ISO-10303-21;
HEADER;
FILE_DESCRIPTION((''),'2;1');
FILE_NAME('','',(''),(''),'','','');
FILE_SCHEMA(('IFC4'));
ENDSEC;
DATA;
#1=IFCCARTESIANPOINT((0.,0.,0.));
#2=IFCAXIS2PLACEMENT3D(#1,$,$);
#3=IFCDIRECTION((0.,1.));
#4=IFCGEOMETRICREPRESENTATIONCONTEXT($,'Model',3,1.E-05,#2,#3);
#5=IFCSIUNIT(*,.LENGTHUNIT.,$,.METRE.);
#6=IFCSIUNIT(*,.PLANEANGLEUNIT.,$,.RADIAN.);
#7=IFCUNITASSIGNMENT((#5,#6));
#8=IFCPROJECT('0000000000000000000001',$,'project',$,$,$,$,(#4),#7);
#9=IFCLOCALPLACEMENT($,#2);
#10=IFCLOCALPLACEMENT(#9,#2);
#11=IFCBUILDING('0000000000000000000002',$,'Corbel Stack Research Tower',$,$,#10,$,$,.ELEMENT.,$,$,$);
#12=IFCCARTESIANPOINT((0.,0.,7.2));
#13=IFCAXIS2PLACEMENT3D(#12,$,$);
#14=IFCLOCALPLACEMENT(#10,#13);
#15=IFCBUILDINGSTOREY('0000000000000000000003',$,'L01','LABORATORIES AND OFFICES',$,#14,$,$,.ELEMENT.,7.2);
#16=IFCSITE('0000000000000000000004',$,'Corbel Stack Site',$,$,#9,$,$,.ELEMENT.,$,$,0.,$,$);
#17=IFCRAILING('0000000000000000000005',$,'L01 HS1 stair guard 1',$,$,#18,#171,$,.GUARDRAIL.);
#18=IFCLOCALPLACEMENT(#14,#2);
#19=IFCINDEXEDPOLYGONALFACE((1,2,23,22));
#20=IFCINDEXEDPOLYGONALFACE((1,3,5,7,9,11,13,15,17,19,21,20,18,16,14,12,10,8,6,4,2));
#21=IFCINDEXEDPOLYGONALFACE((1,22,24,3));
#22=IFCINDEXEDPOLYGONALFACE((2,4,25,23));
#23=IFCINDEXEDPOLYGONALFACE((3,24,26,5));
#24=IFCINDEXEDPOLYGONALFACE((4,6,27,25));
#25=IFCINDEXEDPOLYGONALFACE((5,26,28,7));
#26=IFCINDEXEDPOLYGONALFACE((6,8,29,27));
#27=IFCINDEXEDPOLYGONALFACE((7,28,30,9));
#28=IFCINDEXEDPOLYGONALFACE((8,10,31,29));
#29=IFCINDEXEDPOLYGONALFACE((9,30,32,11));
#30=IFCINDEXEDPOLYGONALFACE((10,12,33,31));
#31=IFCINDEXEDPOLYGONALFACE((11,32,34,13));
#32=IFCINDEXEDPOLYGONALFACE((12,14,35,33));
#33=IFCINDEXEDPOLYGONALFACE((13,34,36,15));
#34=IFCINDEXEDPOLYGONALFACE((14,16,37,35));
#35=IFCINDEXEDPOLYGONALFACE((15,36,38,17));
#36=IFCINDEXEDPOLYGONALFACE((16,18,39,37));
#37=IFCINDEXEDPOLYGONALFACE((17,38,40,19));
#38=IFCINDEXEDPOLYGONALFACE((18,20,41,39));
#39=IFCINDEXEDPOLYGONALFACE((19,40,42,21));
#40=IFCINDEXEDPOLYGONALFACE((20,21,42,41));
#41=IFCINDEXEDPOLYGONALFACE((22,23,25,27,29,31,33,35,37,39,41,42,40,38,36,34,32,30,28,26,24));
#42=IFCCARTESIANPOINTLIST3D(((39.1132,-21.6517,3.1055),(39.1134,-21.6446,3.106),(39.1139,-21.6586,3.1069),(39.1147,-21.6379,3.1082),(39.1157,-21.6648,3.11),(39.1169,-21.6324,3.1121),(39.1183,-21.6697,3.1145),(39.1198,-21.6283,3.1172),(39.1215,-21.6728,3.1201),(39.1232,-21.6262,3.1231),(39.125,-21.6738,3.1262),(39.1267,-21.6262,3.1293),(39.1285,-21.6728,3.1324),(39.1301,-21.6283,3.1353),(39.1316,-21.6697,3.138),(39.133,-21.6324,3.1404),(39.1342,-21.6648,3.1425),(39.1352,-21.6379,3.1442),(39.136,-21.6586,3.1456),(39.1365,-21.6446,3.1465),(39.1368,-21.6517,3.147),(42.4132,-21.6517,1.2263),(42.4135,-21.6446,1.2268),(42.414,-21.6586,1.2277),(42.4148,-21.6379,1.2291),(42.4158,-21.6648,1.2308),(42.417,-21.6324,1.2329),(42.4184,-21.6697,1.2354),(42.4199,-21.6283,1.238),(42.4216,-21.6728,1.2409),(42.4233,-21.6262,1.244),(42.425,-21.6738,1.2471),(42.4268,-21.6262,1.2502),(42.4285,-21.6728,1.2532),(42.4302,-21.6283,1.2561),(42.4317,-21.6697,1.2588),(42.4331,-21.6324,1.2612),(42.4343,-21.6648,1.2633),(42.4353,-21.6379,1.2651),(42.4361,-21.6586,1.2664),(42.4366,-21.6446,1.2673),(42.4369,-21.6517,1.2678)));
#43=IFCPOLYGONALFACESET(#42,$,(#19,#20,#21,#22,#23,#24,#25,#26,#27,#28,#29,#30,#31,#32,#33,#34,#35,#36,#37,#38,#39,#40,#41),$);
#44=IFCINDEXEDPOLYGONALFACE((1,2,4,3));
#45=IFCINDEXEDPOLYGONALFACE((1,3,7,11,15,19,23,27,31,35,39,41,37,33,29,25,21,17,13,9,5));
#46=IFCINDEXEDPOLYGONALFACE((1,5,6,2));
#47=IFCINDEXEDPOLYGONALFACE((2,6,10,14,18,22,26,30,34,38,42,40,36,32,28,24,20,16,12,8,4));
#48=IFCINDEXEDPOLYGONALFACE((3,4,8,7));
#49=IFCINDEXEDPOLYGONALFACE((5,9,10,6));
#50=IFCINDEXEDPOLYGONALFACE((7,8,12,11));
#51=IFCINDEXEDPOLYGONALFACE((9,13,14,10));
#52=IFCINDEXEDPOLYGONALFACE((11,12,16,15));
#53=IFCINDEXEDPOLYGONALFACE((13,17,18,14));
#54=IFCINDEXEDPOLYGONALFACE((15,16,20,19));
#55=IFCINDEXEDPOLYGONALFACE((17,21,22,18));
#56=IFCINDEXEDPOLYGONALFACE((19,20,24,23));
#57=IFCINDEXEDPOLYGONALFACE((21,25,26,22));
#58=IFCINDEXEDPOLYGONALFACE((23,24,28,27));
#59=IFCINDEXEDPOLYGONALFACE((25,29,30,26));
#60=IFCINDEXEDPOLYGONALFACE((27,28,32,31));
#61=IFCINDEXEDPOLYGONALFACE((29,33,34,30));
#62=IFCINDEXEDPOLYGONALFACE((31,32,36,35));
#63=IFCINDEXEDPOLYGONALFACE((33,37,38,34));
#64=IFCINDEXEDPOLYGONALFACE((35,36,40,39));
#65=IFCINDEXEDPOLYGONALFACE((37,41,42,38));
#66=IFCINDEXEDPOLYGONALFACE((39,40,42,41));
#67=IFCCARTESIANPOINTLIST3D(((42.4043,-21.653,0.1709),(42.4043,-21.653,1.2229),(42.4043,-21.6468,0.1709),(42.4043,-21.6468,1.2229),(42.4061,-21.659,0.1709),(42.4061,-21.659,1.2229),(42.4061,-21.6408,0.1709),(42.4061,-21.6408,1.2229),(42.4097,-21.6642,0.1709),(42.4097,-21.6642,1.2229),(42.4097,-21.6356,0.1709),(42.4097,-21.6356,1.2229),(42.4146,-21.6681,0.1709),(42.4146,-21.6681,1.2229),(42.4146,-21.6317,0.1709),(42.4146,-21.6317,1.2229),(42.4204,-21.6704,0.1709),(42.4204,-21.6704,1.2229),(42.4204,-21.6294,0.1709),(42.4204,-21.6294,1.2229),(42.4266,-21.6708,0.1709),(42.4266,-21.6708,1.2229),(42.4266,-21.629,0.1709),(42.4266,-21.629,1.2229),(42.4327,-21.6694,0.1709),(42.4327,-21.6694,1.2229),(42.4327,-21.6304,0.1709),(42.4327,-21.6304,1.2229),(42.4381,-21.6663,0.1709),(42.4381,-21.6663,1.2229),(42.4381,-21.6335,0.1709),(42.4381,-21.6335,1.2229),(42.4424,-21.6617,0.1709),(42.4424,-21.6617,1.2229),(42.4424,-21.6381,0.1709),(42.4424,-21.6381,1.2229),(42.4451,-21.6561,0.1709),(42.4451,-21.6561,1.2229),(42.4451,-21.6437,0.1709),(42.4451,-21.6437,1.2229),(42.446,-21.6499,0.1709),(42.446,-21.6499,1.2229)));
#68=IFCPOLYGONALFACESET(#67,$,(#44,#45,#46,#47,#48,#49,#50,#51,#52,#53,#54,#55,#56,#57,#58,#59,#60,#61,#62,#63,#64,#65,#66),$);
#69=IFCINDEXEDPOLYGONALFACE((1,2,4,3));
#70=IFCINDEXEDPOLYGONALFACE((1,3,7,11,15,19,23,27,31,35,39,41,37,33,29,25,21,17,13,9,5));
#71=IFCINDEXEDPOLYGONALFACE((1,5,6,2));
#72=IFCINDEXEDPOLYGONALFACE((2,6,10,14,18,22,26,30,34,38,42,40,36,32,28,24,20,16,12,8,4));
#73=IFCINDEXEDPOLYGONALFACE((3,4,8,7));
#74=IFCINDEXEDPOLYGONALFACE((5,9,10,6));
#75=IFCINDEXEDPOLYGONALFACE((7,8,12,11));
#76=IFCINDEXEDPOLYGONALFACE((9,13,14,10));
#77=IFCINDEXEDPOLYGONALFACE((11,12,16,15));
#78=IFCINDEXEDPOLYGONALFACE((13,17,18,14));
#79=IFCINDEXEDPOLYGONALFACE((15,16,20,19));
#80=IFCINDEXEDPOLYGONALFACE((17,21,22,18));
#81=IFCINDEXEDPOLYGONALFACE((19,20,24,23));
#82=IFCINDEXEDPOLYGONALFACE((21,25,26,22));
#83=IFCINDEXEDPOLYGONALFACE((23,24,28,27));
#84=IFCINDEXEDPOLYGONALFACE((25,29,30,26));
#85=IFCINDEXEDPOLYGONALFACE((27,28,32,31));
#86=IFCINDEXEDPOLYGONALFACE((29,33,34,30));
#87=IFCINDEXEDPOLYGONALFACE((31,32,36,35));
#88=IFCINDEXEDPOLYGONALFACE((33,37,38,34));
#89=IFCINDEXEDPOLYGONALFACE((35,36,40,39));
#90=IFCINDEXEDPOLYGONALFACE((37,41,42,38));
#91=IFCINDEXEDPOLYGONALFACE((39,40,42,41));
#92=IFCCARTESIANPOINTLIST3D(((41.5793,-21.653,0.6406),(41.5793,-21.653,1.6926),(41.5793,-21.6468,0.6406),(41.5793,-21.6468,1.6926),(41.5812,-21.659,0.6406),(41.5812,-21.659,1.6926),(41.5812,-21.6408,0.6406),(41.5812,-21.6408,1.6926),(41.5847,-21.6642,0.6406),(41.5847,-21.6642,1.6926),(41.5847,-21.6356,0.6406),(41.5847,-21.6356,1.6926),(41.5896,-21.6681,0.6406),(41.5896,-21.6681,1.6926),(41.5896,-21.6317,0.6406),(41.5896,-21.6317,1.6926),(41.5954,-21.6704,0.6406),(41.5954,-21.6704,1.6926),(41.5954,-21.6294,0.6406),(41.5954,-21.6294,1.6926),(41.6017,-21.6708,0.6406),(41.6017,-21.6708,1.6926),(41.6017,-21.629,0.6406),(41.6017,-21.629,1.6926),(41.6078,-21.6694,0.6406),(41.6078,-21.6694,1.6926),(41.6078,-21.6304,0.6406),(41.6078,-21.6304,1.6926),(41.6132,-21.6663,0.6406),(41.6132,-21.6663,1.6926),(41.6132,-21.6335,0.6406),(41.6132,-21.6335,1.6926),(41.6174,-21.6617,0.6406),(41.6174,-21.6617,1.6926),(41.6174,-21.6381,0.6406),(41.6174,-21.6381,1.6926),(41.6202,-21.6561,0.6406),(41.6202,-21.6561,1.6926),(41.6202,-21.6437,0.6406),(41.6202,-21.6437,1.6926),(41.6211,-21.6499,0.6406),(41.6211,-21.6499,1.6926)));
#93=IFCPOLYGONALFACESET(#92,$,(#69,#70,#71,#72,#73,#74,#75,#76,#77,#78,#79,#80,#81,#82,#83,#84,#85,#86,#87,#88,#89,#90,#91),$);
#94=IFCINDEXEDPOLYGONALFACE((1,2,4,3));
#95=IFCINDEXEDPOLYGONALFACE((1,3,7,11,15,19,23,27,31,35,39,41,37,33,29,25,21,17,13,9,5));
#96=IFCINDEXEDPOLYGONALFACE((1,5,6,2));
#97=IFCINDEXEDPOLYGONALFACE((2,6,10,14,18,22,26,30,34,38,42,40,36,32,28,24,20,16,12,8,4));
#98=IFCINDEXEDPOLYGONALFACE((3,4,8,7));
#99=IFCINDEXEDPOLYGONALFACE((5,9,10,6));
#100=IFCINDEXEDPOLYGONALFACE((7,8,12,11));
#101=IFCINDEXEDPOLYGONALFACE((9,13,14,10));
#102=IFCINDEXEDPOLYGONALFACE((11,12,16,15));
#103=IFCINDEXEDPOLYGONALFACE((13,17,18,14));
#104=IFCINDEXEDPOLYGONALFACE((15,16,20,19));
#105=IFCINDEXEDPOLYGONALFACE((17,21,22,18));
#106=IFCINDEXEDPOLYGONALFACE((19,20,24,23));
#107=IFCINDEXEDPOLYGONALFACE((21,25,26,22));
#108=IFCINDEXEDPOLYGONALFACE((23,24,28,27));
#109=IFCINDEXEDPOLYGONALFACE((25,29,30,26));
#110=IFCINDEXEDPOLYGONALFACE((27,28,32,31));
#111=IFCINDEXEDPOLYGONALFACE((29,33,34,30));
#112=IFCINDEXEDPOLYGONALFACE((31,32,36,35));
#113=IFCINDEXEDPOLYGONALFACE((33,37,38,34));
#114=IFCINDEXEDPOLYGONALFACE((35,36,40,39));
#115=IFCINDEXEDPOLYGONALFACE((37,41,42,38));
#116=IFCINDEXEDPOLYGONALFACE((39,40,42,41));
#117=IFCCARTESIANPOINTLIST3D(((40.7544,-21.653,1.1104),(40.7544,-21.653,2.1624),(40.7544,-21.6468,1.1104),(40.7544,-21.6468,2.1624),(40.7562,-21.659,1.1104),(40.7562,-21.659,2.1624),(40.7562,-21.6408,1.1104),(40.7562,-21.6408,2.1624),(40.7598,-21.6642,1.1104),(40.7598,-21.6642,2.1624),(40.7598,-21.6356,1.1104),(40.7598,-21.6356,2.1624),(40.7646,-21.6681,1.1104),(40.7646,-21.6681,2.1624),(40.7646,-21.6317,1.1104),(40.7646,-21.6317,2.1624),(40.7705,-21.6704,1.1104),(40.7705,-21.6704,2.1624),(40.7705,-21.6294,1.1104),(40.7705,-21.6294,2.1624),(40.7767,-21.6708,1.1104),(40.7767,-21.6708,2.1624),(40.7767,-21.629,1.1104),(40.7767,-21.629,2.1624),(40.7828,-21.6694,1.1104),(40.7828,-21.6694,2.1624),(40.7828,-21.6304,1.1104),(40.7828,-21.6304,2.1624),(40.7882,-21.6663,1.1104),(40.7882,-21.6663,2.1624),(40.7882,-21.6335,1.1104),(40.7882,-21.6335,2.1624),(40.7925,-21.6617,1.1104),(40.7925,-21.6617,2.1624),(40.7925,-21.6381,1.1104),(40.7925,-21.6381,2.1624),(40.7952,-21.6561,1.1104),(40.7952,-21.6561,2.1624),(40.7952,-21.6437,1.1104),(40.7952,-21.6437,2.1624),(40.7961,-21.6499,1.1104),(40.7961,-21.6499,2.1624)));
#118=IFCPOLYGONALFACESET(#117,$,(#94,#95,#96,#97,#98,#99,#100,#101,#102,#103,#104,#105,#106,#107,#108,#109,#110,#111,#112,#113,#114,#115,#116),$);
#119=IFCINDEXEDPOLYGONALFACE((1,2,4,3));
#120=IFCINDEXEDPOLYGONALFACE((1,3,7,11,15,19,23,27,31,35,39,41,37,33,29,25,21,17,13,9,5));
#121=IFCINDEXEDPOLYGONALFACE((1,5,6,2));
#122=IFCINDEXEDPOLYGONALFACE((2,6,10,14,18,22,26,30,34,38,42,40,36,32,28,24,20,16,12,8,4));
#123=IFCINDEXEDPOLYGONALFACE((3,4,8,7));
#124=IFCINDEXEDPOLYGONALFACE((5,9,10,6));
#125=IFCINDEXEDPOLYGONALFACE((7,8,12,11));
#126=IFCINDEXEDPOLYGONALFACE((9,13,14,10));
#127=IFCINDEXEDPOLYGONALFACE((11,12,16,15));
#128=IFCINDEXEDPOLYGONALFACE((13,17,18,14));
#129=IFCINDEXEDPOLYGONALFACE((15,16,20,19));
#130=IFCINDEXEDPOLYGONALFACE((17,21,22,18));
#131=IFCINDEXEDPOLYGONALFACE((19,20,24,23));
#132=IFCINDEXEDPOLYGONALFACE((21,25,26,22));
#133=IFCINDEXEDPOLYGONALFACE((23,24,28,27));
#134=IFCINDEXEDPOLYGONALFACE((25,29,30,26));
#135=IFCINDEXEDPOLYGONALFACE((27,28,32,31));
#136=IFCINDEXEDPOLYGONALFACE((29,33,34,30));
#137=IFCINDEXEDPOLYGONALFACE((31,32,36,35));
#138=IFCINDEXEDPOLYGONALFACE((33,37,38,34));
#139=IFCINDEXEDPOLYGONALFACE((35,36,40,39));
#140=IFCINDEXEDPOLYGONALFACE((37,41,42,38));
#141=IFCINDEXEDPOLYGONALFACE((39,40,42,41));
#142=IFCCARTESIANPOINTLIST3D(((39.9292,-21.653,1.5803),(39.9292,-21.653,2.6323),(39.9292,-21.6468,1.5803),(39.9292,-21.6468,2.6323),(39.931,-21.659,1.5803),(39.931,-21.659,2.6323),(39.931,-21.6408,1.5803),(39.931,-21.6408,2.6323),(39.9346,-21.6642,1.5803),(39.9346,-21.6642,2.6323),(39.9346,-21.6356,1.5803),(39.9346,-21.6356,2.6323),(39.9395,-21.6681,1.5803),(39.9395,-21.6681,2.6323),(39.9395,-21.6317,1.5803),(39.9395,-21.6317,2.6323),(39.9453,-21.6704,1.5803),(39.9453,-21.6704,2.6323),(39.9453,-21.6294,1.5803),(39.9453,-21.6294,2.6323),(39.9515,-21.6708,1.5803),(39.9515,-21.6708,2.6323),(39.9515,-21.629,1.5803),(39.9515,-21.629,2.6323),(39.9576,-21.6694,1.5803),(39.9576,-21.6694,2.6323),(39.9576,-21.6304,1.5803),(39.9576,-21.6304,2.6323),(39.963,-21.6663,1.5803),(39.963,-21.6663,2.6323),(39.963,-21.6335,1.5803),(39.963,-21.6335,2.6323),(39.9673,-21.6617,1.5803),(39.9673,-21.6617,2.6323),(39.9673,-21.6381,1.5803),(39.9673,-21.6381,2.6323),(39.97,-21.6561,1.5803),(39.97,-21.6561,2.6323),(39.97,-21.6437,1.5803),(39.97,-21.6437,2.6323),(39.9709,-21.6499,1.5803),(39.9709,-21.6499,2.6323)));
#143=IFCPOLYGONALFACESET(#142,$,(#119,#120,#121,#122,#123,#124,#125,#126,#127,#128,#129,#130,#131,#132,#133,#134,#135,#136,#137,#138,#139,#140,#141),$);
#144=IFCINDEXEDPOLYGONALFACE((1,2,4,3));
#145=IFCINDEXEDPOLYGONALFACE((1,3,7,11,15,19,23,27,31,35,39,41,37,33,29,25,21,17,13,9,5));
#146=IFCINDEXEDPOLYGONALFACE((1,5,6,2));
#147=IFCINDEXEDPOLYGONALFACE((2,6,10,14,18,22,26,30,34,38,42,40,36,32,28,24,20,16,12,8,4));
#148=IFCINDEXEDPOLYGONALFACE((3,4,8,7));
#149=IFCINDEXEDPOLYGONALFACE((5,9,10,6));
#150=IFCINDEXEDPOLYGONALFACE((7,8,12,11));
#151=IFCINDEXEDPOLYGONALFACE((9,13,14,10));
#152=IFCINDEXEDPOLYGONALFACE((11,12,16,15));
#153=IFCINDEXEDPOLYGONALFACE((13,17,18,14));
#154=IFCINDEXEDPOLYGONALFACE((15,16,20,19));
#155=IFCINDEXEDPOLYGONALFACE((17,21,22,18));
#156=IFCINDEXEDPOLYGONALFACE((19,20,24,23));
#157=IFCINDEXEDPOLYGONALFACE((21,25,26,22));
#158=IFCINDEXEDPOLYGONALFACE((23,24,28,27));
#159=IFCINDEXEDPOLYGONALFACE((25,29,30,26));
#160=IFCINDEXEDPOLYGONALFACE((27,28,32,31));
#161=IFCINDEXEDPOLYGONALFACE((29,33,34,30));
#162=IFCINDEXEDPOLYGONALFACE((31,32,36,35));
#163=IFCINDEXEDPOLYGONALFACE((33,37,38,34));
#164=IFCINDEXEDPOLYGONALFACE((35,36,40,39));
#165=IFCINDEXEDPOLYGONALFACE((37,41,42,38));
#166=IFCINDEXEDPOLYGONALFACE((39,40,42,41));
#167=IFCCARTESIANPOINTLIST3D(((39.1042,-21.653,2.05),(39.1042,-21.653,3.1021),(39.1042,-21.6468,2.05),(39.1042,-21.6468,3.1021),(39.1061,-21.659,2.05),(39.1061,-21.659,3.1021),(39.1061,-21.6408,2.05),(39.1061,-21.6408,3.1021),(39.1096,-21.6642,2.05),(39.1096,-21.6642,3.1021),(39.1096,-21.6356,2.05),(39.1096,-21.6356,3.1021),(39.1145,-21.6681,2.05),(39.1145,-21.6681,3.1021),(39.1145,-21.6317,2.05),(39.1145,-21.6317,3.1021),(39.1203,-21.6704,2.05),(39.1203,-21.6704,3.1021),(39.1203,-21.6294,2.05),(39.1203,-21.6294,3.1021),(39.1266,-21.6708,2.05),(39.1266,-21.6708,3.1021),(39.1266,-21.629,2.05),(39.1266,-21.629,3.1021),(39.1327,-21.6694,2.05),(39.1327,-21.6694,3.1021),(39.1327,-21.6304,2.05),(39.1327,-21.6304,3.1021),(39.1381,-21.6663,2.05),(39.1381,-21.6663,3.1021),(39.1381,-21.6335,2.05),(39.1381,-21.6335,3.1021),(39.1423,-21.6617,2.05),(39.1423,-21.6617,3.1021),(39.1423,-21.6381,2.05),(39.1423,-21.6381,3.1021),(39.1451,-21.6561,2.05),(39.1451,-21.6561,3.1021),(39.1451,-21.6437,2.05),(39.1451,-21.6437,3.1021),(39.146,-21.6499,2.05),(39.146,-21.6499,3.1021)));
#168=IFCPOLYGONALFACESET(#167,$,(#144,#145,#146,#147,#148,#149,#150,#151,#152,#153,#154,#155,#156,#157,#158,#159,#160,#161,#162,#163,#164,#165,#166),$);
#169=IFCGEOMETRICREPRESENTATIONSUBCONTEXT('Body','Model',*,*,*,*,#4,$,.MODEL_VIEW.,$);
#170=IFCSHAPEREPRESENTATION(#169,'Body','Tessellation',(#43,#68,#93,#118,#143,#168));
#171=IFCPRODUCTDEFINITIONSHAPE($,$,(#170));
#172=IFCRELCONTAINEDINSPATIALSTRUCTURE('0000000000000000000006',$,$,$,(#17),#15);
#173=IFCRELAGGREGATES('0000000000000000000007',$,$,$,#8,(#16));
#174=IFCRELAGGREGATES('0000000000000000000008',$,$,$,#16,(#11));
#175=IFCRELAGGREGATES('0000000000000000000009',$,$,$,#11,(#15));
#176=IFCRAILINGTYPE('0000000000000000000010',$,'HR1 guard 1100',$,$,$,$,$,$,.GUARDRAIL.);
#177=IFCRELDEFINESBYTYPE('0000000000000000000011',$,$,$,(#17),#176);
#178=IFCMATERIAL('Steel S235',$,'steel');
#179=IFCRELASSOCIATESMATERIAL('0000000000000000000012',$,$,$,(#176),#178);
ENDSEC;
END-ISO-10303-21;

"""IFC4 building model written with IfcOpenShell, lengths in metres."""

from ifc_helpers import new_model, si_unit, direction, frame, origin, origin_2d, place, context, subcontext, project, spatial, circle, extrude, material, type_object, element, save


model = new_model("IFC4")

# Units and contexts
model_context = context("Model", 3, precision=1e-05, world=origin(), true_north=direction((0.0, 1.0)))
body_context = subcontext(model_context, "Body", "Model", "MODEL_VIEW")
ifc_project = project(units=[si_unit("LENGTHUNIT", "METRE"), si_unit("PLANEANGLEUNIT", "RADIAN")], contexts=[model_context])

# Site, building, storey
site_placement = place(None, origin())
site = spatial("IfcSite", under=ifc_project, at=site_placement, Name="Corbel Stack Site", CompositionType="ELEMENT", RefElevation=0.0)
building_placement = place(site_placement, origin())
building = spatial("IfcBuilding", under=site, at=building_placement, Name="Corbel Stack Research Tower", CompositionType="ELEMENT")
storey_placement = place(building_placement, frame((0.0, 0.0, 7.2)))
storey = spatial("IfcBuildingStorey", under=building, at=storey_placement, Name="L01", Description="LABORATORIES AND OFFICES", CompositionType="ELEMENT", Elevation=7.2)

# Railing
ifc_material_1 = material(Name="Steel S235", Category="steel")
railing_type_1 = type_object("IfcRailingType", Name="HR1 guard 1100", PredefinedType="GUARDRAIL", material=ifc_material_1)
railing_1_placement = place(storey_placement, frame((42.425, -21.6499, 0.1709)))
element("IfcRailing", 1, at=railing_1_placement, inside=storey, type_object=railing_type_1, Name="L01 HS1 stair guard 1", PredefinedType="GUARDRAIL", context=body_context, shape_type="SweptSolid", body=[
    extrude(circle(Radius=0.0239, at=origin_2d()), frame((0.0, 0.0, 1.0762), z_axis=(-0.86899, 0.0, 0.49483), x_axis=(0.0, -1.0, 0.0)), (0.0, 0.0, 1.0), 3.7976),
    extrude(circle(Radius=0.021, at=origin_2d()), origin(), (0.0, 0.0, 1.0), 1.052),
    extrude(circle(Radius=0.021, at=origin_2d()), frame((-0.825, 0.0, 0.4697)), (0.0, 0.0, 1.0), 1.052),
    extrude(circle(Radius=0.021, at=origin_2d()), frame((-1.6499, 0.0, 0.9395)), (0.0, 0.0, 1.0), 1.052),
    extrude(circle(Radius=0.021, at=origin_2d()), frame((-2.4751, 0.0, 1.4094)), (0.0, 0.0, 1.0), 1.052),
    extrude(circle(Radius=0.021, at=origin_2d()), frame((-3.3, 0.0, 1.8792)), (0.0, 0.0, 1.0), 1.052),
])

save(model, "model.ifc")
